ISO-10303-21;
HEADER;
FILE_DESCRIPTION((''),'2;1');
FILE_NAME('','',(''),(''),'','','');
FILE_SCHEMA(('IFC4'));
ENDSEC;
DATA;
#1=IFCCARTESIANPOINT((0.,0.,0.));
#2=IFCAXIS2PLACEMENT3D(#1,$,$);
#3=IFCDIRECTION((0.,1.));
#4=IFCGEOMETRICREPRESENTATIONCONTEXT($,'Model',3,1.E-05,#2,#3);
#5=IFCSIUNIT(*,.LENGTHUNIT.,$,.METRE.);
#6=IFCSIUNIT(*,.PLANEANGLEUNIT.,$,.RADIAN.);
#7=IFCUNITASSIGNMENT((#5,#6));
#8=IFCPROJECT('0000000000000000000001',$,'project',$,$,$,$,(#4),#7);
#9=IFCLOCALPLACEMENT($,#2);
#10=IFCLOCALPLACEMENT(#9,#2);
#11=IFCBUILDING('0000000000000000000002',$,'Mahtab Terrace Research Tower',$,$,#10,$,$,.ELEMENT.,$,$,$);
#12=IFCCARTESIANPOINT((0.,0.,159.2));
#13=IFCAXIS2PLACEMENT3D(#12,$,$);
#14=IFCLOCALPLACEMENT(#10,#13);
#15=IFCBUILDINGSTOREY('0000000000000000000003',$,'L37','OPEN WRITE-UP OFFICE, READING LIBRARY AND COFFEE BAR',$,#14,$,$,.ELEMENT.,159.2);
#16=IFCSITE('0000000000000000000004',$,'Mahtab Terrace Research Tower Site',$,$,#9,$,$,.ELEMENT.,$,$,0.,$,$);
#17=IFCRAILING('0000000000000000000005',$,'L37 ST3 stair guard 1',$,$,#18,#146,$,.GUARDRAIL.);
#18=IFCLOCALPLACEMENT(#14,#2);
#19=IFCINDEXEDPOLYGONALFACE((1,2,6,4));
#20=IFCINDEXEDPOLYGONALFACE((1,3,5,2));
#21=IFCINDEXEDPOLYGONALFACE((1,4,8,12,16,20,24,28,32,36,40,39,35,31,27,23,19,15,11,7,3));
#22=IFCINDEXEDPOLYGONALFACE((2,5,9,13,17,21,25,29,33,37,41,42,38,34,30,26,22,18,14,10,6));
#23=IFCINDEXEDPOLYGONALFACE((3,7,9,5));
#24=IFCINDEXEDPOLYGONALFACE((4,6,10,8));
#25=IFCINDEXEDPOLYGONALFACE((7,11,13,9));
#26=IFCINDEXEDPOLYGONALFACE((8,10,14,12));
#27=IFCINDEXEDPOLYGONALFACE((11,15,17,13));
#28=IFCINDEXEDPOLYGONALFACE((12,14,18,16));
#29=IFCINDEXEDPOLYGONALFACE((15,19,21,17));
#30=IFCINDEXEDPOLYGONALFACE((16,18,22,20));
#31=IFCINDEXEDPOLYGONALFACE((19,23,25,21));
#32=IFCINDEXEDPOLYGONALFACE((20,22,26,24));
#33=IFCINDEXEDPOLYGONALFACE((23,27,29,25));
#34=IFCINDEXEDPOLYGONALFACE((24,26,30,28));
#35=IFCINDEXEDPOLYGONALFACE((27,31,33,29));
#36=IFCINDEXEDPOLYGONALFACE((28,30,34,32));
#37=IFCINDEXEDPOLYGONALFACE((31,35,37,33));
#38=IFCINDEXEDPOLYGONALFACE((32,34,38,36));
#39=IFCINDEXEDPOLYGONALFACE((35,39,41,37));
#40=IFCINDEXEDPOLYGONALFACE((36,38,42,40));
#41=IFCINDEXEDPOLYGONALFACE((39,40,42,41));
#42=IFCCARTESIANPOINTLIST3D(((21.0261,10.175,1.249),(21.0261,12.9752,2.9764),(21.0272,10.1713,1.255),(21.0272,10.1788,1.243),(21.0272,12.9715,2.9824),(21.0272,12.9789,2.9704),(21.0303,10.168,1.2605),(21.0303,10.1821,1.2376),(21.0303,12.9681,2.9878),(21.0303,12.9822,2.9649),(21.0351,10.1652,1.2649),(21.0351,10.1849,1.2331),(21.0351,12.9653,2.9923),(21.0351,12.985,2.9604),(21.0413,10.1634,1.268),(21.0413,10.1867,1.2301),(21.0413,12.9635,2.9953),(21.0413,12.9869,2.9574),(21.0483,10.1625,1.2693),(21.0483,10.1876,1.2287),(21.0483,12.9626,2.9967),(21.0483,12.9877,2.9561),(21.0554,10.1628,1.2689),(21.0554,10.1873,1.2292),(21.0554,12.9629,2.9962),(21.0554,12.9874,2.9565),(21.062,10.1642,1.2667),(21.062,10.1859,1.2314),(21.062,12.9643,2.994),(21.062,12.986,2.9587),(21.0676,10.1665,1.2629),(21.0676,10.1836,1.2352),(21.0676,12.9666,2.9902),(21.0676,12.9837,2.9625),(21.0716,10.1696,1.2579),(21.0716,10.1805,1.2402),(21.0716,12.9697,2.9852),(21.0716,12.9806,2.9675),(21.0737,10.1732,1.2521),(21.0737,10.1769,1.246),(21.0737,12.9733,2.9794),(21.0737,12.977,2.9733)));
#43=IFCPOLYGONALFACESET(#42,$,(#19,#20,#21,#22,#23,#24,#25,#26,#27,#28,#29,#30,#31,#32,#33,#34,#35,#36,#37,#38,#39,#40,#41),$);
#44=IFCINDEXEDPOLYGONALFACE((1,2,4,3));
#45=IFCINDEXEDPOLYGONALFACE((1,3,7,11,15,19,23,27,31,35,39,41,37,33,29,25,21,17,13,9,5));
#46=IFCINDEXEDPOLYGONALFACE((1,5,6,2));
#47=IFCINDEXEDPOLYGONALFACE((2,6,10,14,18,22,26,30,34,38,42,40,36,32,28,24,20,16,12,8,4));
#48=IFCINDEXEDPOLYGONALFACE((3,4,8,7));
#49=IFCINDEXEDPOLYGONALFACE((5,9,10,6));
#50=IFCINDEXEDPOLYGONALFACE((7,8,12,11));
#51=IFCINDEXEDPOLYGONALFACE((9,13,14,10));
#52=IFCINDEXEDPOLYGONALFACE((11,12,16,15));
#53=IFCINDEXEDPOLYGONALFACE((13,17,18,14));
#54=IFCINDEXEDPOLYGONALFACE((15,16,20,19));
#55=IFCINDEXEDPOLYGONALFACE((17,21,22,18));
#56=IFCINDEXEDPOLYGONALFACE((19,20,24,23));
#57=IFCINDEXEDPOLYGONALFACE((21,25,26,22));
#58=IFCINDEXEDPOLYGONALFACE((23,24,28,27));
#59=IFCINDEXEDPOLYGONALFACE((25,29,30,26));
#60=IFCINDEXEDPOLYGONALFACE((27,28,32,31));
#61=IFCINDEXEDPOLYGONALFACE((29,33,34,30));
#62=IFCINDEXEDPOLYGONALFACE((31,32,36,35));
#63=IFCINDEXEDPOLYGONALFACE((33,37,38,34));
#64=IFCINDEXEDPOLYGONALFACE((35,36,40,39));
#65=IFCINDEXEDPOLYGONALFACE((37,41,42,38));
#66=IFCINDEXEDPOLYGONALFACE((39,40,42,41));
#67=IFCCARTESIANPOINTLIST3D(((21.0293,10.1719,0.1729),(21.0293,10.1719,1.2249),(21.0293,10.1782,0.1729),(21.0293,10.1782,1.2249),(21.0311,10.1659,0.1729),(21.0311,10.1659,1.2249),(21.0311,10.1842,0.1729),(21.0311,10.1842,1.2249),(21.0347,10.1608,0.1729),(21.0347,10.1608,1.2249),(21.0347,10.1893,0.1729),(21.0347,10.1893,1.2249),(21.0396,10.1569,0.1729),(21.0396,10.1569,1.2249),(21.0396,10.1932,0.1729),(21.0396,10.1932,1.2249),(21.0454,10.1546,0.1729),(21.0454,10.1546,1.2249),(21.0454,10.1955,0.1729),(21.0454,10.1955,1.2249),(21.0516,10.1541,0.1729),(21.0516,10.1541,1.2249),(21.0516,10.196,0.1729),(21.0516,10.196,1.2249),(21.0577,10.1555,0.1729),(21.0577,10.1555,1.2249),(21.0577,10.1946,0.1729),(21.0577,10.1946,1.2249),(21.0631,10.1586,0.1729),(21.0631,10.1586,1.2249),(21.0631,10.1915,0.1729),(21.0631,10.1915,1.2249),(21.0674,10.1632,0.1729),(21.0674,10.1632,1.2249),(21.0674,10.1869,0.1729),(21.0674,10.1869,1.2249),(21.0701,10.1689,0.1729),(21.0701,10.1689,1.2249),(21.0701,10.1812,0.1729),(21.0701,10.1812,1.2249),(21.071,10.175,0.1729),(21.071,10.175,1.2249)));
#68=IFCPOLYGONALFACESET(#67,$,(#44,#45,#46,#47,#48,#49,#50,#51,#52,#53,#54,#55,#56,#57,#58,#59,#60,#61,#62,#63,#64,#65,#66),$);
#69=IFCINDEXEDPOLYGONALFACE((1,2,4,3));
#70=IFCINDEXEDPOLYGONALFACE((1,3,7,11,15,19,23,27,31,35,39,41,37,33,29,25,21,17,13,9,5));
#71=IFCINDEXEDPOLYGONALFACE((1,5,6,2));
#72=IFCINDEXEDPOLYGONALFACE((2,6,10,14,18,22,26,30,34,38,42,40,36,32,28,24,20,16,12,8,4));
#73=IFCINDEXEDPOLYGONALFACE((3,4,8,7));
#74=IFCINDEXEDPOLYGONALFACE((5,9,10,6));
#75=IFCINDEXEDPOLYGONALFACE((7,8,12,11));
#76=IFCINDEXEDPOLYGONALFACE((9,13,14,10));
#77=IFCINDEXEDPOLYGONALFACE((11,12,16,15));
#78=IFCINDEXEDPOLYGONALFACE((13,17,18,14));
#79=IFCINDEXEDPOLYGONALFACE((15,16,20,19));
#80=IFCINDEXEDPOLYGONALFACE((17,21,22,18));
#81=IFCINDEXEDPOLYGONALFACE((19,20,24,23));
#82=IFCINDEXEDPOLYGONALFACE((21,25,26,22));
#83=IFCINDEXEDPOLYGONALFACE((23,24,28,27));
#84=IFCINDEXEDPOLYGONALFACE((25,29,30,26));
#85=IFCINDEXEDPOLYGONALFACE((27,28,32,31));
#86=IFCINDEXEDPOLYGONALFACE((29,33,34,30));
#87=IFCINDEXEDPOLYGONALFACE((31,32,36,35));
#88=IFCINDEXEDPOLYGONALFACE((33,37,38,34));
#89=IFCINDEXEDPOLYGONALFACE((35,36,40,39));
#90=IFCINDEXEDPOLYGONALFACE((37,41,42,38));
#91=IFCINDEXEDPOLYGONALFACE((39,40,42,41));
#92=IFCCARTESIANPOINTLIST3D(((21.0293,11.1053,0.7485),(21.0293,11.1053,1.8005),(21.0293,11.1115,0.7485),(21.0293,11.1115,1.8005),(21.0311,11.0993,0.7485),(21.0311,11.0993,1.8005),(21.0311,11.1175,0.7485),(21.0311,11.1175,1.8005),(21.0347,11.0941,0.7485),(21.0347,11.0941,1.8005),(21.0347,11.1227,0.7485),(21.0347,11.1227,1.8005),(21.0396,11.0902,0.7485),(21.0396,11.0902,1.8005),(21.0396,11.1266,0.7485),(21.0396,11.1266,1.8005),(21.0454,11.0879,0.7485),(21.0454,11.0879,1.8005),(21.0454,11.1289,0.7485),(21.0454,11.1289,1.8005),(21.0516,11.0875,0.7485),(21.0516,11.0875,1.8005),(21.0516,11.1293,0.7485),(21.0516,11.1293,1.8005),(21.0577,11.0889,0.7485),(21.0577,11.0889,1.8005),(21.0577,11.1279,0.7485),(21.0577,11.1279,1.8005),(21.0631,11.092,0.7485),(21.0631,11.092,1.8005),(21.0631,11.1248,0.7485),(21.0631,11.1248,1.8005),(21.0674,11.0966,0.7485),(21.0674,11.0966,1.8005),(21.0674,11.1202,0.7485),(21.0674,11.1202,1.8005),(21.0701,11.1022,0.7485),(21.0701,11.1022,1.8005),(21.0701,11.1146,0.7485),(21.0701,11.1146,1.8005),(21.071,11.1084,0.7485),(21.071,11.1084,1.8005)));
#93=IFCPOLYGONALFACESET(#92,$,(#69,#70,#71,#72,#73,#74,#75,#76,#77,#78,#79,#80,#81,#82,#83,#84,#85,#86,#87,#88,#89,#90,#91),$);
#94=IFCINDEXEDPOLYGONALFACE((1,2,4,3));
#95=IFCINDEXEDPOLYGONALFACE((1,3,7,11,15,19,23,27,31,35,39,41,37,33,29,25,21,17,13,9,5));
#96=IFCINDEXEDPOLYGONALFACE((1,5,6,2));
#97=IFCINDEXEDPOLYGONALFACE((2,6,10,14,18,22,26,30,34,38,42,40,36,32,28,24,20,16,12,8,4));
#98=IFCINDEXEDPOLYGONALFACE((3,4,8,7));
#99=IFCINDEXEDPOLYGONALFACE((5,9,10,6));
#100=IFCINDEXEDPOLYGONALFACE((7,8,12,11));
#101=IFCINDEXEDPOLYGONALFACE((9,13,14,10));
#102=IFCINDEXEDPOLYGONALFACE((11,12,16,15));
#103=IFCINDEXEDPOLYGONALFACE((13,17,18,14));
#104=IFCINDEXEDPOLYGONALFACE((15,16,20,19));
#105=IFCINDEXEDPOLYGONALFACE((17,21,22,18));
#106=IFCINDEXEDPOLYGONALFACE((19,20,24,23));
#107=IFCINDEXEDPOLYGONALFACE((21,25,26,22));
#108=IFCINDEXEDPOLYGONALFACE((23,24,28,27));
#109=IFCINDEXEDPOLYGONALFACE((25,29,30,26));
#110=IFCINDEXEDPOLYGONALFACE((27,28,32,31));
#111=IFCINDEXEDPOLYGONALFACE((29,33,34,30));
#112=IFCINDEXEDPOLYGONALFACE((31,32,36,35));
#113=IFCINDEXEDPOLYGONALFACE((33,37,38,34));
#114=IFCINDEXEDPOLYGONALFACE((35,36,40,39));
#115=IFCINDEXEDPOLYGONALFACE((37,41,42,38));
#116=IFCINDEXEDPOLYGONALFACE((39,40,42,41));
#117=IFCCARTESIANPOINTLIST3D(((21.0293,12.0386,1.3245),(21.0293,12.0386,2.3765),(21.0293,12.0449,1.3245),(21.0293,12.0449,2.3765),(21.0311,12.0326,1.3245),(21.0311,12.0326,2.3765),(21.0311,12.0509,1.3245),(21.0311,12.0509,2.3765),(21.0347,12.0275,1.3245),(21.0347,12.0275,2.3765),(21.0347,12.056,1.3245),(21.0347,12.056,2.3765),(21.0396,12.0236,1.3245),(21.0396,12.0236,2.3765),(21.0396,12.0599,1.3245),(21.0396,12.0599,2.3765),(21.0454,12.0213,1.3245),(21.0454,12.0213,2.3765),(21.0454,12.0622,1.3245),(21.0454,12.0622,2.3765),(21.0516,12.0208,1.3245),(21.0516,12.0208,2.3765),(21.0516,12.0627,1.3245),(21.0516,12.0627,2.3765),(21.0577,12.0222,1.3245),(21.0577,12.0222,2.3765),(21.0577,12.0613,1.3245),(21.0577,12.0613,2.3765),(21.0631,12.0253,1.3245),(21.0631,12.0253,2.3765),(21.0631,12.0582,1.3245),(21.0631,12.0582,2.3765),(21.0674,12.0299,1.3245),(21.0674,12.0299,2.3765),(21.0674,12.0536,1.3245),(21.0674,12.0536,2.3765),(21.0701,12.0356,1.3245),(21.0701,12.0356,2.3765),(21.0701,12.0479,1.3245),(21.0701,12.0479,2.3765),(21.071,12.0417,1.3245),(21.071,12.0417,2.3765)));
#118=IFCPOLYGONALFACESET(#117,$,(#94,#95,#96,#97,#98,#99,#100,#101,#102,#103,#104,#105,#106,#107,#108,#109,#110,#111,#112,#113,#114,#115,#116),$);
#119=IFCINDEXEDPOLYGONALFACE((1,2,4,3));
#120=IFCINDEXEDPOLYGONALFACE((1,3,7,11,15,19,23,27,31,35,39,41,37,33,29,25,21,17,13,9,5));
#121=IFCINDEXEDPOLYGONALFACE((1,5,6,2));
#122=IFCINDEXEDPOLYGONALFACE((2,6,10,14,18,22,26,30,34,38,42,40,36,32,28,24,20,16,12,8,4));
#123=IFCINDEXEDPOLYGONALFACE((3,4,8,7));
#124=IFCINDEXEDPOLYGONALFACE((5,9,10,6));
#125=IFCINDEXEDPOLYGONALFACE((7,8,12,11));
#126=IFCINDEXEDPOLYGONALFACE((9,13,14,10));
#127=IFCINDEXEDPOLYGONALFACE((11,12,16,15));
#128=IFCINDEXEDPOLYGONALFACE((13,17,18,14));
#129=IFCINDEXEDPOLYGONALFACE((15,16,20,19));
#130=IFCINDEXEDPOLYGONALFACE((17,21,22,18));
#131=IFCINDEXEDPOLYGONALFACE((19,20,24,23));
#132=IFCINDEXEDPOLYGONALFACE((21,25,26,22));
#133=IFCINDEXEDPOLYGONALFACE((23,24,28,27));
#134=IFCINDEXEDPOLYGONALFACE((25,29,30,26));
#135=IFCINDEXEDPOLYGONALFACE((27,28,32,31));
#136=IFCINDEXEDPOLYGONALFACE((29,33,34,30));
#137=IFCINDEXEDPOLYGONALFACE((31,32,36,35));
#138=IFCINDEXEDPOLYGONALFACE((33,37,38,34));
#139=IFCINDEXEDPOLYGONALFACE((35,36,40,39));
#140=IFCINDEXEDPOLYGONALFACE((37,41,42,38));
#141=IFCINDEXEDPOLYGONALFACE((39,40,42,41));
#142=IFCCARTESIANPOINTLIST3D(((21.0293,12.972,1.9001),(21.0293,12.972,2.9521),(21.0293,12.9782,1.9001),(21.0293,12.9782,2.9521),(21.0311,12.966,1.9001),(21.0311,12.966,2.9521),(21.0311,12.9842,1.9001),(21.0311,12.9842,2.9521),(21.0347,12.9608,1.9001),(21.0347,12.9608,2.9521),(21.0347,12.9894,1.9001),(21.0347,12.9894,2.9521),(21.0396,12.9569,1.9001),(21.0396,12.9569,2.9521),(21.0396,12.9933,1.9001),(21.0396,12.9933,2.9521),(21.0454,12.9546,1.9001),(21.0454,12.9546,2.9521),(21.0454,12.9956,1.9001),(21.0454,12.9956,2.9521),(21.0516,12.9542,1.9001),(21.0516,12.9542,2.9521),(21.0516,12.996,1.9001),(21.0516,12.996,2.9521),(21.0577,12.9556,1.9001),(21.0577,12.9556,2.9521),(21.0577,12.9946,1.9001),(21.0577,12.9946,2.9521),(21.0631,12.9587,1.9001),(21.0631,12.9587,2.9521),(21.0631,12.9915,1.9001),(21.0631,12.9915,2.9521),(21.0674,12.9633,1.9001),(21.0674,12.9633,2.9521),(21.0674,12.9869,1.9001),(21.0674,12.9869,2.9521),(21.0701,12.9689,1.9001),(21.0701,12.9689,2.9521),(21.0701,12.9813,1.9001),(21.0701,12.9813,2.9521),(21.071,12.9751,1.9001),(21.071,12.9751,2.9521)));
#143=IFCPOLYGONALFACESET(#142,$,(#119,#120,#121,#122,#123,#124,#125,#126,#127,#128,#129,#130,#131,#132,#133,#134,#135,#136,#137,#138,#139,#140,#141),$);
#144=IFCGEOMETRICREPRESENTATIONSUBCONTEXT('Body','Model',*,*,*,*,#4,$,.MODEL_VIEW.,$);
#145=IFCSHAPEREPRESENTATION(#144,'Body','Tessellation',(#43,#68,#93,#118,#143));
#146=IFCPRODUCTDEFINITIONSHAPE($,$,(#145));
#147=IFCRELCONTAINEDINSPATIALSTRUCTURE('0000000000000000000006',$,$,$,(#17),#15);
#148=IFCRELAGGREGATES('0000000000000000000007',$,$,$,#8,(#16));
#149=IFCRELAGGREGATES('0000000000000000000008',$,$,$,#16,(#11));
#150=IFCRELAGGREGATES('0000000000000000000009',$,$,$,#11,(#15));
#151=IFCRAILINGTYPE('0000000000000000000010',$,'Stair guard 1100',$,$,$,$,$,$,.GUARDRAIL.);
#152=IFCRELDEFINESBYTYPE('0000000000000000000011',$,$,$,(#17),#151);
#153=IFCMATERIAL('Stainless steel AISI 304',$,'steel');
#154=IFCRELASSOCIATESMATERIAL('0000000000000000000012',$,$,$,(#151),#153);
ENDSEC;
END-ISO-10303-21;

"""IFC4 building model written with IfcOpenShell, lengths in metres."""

from ifc_helpers import new_model, si_unit, direction, frame, origin, origin_2d, place, context, subcontext, project, spatial, circle, extrude, material, type_object, element, save


model = new_model("IFC4")

# Units and contexts
model_context = context("Model", 3, precision=1e-05, world=origin(), true_north=direction((0.0, 1.0)))
body_context = subcontext(model_context, "Body", "Model", "MODEL_VIEW")
ifc_project = project(units=[si_unit("LENGTHUNIT", "METRE"), si_unit("PLANEANGLEUNIT", "RADIAN")], contexts=[model_context])

# Site, building, storey
site_placement = place(None, origin())
site = spatial("IfcSite", under=ifc_project, at=site_placement, Name="Mahtab Terrace Research Tower Site", CompositionType="ELEMENT", RefElevation=0.0)
building_placement = place(site_placement, origin())
building = spatial("IfcBuilding", under=site, at=building_placement, Name="Mahtab Terrace Research Tower", CompositionType="ELEMENT")
storey_placement = place(building_placement, frame((0.0, 0.0, 159.2)))
storey = spatial("IfcBuildingStorey", under=building, at=storey_placement, Name="L37", Description="OPEN WRITE-UP OFFICE, READING LIBRARY AND COFFEE BAR", CompositionType="ELEMENT", Elevation=159.2)

# Railing
ifc_material_1 = material(Name="Stainless steel AISI 304", Category="steel")
railing_type_1 = type_object("IfcRailingType", Name="Stair guard 1100", PredefinedType="GUARDRAIL", material=ifc_material_1)
railing_1_placement = place(storey_placement, frame((21.05, 10.175, 0.1729)))
element("IfcRailing", 1, at=railing_1_placement, inside=storey, type_object=railing_type_1, Name="L37 ST3 stair guard 1", PredefinedType="GUARDRAIL", context=body_context, shape_type="SweptSolid", body=[
    extrude(circle(Radius=0.0239, at=origin_2d()), frame((0.0, 0.0, 1.0762), z_axis=(0.0, 0.85109, 0.52502), x_axis=(-1.0, 0.0, 0.0)), (0.0, 0.0, 1.0), 3.29),
    extrude(circle(Radius=0.021, at=origin_2d()), origin(), (0.0, 0.0, 1.0), 1.052),
    extrude(circle(Radius=0.021, at=origin_2d()), frame((0.0, 0.9333, 0.5757)), (0.0, 0.0, 1.0), 1.052),
    extrude(circle(Radius=0.021, at=origin_2d()), frame((0.0, 1.8667, 1.1516)), (0.0, 0.0, 1.0), 1.052),
    extrude(circle(Radius=0.021, at=origin_2d()), frame((0.0, 2.8, 1.7273)), (0.0, 0.0, 1.0), 1.052),
])

save(model, "model.ifc")
